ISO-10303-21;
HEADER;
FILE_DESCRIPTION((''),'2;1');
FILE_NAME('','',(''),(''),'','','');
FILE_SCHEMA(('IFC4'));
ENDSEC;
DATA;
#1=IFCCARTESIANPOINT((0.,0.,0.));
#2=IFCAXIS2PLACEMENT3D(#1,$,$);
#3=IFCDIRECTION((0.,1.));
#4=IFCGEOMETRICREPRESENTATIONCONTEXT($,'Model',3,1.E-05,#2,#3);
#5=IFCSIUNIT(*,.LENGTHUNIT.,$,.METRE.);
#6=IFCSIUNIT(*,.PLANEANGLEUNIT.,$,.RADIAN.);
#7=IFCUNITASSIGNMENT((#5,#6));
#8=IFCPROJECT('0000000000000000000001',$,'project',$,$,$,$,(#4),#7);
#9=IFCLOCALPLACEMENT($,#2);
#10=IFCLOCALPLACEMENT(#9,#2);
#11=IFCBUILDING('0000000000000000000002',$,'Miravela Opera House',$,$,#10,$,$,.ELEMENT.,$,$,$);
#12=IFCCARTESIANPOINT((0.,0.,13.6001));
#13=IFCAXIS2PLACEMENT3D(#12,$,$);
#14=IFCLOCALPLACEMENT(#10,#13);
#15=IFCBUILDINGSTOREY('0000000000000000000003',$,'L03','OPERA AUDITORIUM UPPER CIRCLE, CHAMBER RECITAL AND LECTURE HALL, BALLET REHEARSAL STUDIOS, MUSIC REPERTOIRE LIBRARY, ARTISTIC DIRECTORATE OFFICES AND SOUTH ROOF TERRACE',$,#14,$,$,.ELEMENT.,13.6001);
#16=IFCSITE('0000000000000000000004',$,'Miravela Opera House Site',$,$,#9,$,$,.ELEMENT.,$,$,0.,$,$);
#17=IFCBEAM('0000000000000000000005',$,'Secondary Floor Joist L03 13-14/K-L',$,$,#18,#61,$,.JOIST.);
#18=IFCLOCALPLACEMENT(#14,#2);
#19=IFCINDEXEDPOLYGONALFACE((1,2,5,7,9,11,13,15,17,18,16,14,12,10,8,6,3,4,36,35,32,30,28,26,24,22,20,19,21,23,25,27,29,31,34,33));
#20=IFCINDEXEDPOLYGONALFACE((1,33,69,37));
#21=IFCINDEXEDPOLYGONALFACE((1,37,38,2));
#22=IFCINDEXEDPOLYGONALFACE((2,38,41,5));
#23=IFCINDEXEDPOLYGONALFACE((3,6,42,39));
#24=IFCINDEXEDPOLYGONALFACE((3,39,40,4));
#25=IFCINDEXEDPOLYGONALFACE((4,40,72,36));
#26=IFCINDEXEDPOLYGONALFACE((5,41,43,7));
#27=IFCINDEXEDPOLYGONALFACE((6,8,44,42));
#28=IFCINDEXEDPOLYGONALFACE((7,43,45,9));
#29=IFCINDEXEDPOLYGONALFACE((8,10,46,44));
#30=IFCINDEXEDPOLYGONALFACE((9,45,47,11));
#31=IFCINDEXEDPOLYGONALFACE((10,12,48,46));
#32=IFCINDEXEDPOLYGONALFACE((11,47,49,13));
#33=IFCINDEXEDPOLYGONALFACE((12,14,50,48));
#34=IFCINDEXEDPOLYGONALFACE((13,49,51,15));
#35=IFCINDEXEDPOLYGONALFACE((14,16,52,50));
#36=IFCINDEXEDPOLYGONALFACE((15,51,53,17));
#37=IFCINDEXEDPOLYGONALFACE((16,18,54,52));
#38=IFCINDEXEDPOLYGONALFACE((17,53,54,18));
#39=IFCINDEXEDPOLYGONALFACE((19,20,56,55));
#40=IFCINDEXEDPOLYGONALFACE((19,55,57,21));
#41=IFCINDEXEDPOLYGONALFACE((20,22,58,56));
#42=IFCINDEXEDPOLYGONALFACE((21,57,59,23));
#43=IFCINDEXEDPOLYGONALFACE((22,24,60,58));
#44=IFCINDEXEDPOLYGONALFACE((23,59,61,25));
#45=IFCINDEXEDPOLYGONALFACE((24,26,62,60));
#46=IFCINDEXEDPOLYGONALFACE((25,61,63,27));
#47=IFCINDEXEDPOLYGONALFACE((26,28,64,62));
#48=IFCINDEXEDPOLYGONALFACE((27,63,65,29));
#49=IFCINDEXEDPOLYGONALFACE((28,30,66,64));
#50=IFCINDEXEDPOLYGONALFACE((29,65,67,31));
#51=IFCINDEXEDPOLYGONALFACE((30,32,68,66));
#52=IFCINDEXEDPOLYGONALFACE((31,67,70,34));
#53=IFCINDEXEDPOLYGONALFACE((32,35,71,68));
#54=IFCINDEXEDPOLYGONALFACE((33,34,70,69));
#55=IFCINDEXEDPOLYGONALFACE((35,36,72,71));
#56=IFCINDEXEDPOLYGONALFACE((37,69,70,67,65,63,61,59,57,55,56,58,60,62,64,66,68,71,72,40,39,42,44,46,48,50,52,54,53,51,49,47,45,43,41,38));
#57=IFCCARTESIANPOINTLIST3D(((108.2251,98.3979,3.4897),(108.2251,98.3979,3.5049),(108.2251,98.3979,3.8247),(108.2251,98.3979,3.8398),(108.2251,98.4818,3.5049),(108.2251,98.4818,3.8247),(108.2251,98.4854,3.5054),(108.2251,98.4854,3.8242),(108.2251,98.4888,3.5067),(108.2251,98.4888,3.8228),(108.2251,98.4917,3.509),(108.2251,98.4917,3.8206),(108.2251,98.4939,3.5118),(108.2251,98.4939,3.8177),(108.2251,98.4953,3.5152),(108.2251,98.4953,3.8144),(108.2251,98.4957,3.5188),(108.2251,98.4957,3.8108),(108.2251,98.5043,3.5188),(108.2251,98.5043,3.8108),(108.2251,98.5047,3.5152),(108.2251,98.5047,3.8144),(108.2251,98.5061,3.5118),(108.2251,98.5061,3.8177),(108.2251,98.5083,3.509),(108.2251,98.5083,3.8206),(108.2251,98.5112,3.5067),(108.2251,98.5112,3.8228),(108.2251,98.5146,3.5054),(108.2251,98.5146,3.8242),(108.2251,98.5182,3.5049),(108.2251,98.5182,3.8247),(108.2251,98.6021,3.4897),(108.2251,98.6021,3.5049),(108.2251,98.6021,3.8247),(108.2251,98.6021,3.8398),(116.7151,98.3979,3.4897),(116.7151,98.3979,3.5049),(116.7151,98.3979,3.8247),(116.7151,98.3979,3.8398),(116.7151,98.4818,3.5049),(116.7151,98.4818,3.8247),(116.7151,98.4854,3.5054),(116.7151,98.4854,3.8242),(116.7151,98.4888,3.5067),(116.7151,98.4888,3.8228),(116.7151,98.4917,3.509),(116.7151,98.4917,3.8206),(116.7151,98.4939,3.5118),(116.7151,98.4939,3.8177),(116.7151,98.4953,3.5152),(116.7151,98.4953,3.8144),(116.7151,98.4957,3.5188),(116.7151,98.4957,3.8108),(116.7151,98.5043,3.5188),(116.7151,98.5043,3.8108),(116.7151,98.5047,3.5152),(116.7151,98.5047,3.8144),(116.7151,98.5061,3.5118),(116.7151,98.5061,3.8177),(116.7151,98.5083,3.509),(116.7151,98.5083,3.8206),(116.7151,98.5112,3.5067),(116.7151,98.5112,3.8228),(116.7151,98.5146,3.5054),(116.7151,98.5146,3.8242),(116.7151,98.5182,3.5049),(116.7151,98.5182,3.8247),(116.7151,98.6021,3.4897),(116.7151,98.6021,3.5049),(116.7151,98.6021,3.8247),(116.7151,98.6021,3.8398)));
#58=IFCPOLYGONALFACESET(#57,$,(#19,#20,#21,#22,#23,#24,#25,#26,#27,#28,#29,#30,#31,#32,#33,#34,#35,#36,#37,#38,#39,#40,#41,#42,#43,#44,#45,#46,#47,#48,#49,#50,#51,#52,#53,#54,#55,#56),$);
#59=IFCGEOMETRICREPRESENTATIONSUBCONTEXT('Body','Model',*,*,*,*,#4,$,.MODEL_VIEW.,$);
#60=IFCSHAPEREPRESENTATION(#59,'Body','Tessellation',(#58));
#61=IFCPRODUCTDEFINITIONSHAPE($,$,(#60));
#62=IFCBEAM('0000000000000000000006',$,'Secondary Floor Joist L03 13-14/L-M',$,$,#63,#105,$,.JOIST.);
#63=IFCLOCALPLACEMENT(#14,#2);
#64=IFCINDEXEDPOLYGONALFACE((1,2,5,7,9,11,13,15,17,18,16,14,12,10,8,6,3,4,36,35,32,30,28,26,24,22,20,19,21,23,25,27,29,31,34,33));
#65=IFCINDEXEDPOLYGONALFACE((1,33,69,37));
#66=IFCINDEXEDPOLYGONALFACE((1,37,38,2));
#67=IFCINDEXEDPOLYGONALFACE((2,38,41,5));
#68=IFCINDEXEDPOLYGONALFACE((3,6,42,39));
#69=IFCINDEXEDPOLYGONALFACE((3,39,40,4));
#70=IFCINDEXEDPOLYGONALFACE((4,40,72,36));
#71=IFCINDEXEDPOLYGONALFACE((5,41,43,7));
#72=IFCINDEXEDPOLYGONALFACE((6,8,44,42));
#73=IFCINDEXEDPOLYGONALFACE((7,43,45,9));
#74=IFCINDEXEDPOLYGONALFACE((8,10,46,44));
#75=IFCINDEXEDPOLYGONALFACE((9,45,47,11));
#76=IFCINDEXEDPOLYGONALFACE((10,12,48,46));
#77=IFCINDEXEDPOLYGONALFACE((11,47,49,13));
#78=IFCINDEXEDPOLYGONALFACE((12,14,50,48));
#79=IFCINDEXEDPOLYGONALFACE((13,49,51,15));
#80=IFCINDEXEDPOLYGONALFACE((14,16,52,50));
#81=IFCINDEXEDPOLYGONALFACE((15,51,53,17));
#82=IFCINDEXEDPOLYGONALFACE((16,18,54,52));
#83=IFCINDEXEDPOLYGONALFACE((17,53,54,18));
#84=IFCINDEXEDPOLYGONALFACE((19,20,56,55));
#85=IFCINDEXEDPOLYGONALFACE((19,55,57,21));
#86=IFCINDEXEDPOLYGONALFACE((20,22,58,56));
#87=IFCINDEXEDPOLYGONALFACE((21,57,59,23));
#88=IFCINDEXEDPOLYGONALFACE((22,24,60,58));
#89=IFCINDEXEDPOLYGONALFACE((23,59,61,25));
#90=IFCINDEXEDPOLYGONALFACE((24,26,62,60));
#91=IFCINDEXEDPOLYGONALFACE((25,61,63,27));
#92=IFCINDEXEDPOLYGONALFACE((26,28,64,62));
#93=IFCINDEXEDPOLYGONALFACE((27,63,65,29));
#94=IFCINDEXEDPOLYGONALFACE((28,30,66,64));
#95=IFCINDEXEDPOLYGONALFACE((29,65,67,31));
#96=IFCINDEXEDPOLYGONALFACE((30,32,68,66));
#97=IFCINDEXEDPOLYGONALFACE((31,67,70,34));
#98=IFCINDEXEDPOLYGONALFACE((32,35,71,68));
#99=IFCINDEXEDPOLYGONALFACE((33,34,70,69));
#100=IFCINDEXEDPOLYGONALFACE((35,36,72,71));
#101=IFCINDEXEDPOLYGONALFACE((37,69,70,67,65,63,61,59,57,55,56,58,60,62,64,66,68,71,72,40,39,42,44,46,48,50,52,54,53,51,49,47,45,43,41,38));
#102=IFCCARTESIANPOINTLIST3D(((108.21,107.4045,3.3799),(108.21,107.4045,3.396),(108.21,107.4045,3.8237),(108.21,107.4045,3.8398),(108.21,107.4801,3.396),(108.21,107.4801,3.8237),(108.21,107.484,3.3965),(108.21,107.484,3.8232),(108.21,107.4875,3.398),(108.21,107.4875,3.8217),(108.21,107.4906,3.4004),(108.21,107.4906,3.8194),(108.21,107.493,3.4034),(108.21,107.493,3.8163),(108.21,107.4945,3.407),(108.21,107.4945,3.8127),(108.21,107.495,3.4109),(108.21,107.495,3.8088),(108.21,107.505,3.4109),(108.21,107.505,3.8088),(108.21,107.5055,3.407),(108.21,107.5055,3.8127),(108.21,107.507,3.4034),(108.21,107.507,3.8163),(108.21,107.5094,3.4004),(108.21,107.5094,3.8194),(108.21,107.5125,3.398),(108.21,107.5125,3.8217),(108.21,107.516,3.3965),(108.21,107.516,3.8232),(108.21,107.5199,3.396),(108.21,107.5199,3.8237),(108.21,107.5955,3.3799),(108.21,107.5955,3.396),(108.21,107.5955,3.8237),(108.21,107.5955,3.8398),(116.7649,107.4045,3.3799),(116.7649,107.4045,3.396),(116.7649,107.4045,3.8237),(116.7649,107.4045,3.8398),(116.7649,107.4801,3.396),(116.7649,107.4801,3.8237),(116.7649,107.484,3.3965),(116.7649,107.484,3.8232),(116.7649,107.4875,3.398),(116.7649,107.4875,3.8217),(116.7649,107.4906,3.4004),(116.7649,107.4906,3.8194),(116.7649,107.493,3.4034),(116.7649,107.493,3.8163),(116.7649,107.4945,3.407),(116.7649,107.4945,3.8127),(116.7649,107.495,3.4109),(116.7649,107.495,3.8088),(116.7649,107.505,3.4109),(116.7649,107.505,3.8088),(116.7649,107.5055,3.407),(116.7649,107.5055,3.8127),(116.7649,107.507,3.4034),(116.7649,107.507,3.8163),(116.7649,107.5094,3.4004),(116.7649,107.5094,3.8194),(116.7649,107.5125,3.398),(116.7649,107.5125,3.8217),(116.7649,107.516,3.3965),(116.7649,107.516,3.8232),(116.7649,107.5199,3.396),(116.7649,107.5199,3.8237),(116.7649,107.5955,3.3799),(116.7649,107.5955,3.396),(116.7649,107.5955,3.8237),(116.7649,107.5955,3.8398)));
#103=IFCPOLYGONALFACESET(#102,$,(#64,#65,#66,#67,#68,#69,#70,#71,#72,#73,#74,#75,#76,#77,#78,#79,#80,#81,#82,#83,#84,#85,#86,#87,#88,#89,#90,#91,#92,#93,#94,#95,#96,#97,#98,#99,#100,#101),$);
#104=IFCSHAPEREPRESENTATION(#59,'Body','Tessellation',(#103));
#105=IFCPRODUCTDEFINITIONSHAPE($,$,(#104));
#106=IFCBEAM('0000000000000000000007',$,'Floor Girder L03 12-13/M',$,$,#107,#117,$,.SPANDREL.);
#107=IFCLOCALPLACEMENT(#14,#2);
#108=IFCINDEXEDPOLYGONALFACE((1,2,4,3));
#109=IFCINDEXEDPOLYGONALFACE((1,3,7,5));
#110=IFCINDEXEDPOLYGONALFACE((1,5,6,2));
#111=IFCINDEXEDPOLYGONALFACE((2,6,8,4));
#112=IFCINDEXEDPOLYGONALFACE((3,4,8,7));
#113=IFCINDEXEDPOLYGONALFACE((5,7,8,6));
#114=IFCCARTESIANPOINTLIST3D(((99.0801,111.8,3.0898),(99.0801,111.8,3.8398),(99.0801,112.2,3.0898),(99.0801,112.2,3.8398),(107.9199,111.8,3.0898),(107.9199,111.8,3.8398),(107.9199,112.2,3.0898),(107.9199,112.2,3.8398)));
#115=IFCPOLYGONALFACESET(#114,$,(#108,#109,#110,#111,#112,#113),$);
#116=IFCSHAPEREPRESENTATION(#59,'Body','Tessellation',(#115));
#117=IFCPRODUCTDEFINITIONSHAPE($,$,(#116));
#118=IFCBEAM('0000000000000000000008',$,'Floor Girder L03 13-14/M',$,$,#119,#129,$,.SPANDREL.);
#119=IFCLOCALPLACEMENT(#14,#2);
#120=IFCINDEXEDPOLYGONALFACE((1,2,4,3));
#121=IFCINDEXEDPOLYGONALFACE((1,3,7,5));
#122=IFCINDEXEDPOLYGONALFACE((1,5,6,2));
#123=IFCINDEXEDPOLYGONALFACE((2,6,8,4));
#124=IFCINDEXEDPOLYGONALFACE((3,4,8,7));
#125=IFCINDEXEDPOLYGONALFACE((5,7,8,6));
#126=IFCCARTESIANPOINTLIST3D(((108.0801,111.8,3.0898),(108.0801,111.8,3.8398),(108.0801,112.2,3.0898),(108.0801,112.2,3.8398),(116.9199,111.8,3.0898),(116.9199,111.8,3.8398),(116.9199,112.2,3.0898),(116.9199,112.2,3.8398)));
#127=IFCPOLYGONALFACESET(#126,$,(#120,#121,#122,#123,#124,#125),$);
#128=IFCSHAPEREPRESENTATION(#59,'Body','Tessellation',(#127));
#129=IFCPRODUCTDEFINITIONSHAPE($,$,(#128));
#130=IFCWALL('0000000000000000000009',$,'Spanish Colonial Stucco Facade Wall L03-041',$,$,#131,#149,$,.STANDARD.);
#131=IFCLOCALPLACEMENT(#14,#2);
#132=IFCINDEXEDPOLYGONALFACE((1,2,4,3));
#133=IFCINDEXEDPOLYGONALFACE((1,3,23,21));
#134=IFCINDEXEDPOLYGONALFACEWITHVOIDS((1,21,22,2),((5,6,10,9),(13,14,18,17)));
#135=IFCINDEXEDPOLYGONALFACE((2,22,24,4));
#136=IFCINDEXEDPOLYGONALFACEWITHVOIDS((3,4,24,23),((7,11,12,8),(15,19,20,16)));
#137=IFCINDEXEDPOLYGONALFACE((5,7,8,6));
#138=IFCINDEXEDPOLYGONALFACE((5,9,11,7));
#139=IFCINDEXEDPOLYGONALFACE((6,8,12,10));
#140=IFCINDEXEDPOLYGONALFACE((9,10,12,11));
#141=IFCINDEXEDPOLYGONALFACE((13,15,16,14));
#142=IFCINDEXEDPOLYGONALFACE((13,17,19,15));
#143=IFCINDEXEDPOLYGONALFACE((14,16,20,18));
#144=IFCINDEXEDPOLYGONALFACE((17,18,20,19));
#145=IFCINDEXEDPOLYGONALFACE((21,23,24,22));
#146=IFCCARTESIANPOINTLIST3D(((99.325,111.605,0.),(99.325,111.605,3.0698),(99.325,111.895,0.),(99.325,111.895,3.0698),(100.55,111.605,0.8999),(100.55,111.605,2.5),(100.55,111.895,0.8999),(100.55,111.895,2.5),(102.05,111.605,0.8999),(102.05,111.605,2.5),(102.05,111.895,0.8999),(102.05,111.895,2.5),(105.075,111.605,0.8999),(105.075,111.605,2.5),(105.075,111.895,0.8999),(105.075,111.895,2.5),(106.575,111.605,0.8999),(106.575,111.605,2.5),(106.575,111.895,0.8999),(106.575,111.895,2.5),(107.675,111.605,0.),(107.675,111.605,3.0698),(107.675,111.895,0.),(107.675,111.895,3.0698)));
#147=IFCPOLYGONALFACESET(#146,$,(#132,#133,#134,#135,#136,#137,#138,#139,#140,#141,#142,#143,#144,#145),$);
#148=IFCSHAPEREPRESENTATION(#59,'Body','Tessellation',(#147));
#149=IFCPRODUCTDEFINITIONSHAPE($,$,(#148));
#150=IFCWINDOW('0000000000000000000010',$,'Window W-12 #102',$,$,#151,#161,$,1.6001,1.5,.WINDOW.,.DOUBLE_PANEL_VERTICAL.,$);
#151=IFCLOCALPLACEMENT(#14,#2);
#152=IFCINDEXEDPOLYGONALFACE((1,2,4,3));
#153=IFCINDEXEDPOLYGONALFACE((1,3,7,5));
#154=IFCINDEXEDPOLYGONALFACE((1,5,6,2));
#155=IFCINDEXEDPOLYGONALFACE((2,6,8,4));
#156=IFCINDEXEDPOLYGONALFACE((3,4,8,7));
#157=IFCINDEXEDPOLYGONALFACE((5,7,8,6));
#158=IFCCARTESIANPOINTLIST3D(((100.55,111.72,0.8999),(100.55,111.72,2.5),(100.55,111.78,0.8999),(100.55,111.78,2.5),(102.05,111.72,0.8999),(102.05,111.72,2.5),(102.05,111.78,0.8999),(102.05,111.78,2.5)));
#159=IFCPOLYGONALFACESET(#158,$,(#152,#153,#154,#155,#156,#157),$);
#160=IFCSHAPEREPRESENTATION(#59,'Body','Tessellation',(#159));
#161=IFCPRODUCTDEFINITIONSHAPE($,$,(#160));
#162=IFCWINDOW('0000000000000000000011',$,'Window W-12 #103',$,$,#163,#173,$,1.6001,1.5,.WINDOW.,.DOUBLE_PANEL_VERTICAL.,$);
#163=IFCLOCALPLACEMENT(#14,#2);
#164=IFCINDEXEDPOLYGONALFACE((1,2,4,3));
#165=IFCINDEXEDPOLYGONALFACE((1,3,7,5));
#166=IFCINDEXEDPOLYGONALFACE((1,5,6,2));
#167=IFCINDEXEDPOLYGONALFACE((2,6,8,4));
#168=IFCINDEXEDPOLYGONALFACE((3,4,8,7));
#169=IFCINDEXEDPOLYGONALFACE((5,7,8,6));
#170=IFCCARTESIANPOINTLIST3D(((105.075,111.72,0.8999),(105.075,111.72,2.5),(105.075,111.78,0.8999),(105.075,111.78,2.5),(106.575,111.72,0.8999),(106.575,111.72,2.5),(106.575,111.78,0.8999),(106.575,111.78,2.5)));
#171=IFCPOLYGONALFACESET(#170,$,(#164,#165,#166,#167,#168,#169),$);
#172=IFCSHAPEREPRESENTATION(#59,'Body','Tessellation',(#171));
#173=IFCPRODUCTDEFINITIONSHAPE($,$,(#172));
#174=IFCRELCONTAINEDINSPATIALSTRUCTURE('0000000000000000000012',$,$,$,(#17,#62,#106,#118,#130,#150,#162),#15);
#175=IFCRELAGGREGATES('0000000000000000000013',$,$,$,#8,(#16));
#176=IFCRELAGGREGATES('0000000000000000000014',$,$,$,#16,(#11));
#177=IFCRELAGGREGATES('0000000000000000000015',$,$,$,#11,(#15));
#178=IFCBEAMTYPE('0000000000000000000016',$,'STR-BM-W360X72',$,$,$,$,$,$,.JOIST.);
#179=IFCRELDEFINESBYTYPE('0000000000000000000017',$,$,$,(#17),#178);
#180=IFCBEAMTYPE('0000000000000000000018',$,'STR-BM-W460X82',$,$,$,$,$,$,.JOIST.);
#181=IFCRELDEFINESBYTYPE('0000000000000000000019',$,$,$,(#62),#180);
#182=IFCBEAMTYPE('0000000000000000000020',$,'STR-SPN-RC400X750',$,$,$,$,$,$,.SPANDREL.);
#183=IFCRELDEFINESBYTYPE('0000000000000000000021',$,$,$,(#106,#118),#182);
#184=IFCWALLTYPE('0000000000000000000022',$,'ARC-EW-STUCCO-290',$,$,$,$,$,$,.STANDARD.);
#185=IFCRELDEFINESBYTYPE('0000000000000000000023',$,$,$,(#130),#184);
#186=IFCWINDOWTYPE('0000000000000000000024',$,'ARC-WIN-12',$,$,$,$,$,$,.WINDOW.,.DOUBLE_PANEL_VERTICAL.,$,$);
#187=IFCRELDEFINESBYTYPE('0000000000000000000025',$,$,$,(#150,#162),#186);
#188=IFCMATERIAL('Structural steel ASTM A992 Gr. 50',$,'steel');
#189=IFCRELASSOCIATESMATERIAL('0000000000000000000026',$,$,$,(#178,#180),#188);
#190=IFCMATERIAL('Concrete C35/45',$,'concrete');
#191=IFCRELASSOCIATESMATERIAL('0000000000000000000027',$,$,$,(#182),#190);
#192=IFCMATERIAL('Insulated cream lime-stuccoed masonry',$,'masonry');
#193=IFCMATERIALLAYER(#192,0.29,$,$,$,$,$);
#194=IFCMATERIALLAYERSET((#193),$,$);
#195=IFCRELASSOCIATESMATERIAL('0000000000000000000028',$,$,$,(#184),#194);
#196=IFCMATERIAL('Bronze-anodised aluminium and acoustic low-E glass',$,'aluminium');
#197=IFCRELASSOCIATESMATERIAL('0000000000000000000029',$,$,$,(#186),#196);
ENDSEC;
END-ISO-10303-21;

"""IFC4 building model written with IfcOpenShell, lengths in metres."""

from ifc_helpers import new_model, si_unit, direction, frame, frame_2d, origin, origin_2d, place, context, subcontext, project, spatial, rectangle, i_section, extrude, material, layer, layer_set, material_profile, profile_set, type_object, element, fill, save


model = new_model("IFC4")

# Units and contexts
model_context = context("Model", 3, precision=1e-05, world=origin(), true_north=direction((0.0, 1.0)))
body_context = subcontext(model_context, "Body", "Model", "MODEL_VIEW")
ifc_project = project(units=[si_unit("LENGTHUNIT", "METRE"), si_unit("PLANEANGLEUNIT", "RADIAN")], contexts=[model_context])

# Site, building, storey
site_placement = place(None, origin())
site = spatial("IfcSite", under=ifc_project, at=site_placement, Name="Miravela Opera House Site", CompositionType="ELEMENT", RefElevation=0.0)
building_placement = place(site_placement, origin())
building = spatial("IfcBuilding", under=site, at=building_placement, Name="Miravela Opera House", CompositionType="ELEMENT")
storey_placement = place(building_placement, frame((0.0, 0.0, 13.6001)))
storey = spatial("IfcBuildingStorey", under=building, at=storey_placement, Name="L03", Description="OPERA AUDITORIUM UPPER CIRCLE, CHAMBER RECITAL AND LECTURE HALL, BALLET REHEARSAL STUDIOS, MUSIC REPERTOIRE LIBRARY, ARTISTIC DIRECTORATE OFFICES AND SOUTH ROOF TERRACE", CompositionType="ELEMENT", Elevation=13.6001)

# Shared definitions
ifc_material_1 = material(Name="Concrete C35/45", Category="concrete")

# Beams
ifc_material_2 = material(Name="Structural steel ASTM A992 Gr. 50", Category="steel")
ifc_material_profile_1 = material_profile(ifc_material_2, i_section(OverallWidth=0.2041, OverallDepth=0.3501, WebThickness=0.0085, FlangeThickness=0.0151, FilletRadius=0.0139, at=origin_2d()), Name="W360X72")
ifc_profile_set_1 = profile_set([ifc_material_profile_1])
beam_type_1 = type_object("IfcBeamType", Name="STR-BM-W360X72", PredefinedType="JOIST", material=ifc_profile_set_1)
beam_1_placement = place(storey_placement, frame((108.2251, 98.5, 3.6648), z_axis=(1.0, 0.0, 0.0), x_axis=(0.0, 1.0, 0.0)))
element("IfcBeam", 1, at=beam_1_placement, inside=storey, type_object=beam_type_1, Name="Secondary Floor Joist L03 13-14/K-L", PredefinedType="JOIST", context=body_context, shape_type="SweptSolid", body=[
    extrude(i_section(OverallWidth=0.2041, OverallDepth=0.3501, WebThickness=0.0085, FlangeThickness=0.0151, FilletRadius=0.0139, at=origin_2d()), origin(), (0.0, 0.0, 1.0), 8.49),
])
ifc_material_profile_2 = material_profile(ifc_material_2, i_section(OverallWidth=0.1909, OverallDepth=0.46, WebThickness=0.01, FlangeThickness=0.0161, FilletRadius=0.0149, at=origin_2d()), Name="W460X82")
ifc_profile_set_2 = profile_set([ifc_material_profile_2])
beam_type_2 = type_object("IfcBeamType", Name="STR-BM-W460X82", PredefinedType="JOIST", material=ifc_profile_set_2)
beam_2_placement = place(storey_placement, frame((108.21, 107.5, 3.6099), z_axis=(1.0, 0.0, 0.0), x_axis=(0.0, 1.0, 0.0)))
element("IfcBeam", 2, at=beam_2_placement, inside=storey, type_object=beam_type_2, Name="Secondary Floor Joist L03 13-14/L-M", PredefinedType="JOIST", context=body_context, shape_type="SweptSolid", body=[
    extrude(i_section(OverallWidth=0.1909, OverallDepth=0.46, WebThickness=0.01, FlangeThickness=0.0161, FilletRadius=0.0149, at=origin_2d()), origin(), (0.0, 0.0, 1.0), 8.5549),
])
ifc_material_profile_3 = material_profile(ifc_material_1, rectangle(XDim=0.3999, YDim=0.75, at=origin_2d()), Name="RC-SPN-400X750")
ifc_profile_set_3 = profile_set([ifc_material_profile_3])
beam_type_3 = type_object("IfcBeamType", Name="STR-SPN-RC400X750", PredefinedType="SPANDREL", material=ifc_profile_set_3)
for number, where, z_axis, x_axis, name in (
    (3, (99.0801, 112.0, 3.4648), (1.0, 0.0, 0.0), (0.0, 1.0, 0.0), "Floor Girder L03 12-13/M"),
    (4, (108.0801, 112.0, 3.4648), (1.0, 0.0, 0.0), (0.0, 1.0, 0.0), "Floor Girder L03 13-14/M"),
):
    element("IfcBeam", number, at=place(storey_placement, frame(where, z_axis=z_axis, x_axis=x_axis)), inside=storey, type_object=beam_type_3, Name=name, PredefinedType="SPANDREL", context=body_context, shape_type="SweptSolid", body=[
        extrude(rectangle(XDim=0.3999, YDim=0.75, at=origin_2d()), origin(), (0.0, 0.0, 1.0), 8.8398),
    ])

# Wall, openings, windows
ifc_material_3 = material(Name="Insulated cream lime-stuccoed masonry", Category="masonry")
ifc_layer_1 = layer(ifc_material_3, 0.29)
ifc_layer_set_1 = layer_set([ifc_layer_1])
wall_type_1 = type_object("IfcWallType", Name="ARC-EW-STUCCO-290", PredefinedType="STANDARD", material=ifc_layer_set_1)
wall_1_placement = place(storey_placement, frame((99.325, 111.75, 0.0), z_axis=(0.0, 0.0, 1.0), x_axis=(1.0, 0.0, 0.0)))
wall_1 = element("IfcWall", 5, at=wall_1_placement, inside=storey, type_object=wall_type_1, Name="Spanish Colonial Stucco Facade Wall L03-041", PredefinedType="STANDARD", context=body_context, shape_type="SweptSolid", body=[
    extrude(rectangle(XDim=8.3501, YDim=0.29, at=frame_2d((4.175, 0.0))), origin(), (0.0, 0.0, 1.0), 3.0698),
])
opening_1_placement = place(wall_1_placement, frame((1.2251, 0.0, 0.8999)))
opening_1 = element("IfcOpeningElement", 6, at=opening_1_placement, cuts=wall_1, PredefinedType="OPENING", context=body_context, shape_type="SweptSolid", body=[
    extrude(rectangle(XDim=1.5, YDim=1.6001, at=frame_2d((0.75, 0.8))), frame((0.0, 0.155, 0.0), z_axis=(0.0, -1.0, 0.0), x_axis=(1.0, 0.0, 0.0)), (0.0, 0.0, 1.0), 0.3101),
])
opening_2_placement = place(wall_1_placement, frame((5.75, 0.0, 0.8999)))
opening_2 = element("IfcOpeningElement", 7, at=opening_2_placement, cuts=wall_1, PredefinedType="OPENING", context=body_context, shape_type="SweptSolid", body=[
    extrude(rectangle(XDim=1.5, YDim=1.6001, at=frame_2d((0.75, 0.8))), frame((0.0, 0.155, 0.0), z_axis=(0.0, -1.0, 0.0), x_axis=(1.0, 0.0, 0.0)), (0.0, 0.0, 1.0), 0.3101),
])
ifc_material_4 = material(Name="Bronze-anodised aluminium and acoustic low-E glass", Category="aluminium")
window_type_1 = type_object("IfcWindowType", Name="ARC-WIN-12", PartitioningType="DOUBLE_PANEL_VERTICAL", PredefinedType="WINDOW", material=ifc_material_4)
window_1_placement = place(opening_1_placement, origin())
window_1 = element("IfcWindow", 8, at=window_1_placement, inside=storey, type_object=window_type_1, Name="Window W-12 #102", OverallHeight=1.6001, OverallWidth=1.5, PartitioningType="DOUBLE_PANEL_VERTICAL", PredefinedType="WINDOW", context=body_context, shape_type="SweptSolid", body=[
    extrude(rectangle(XDim=1.5, YDim=1.6001, at=frame_2d((0.75, 0.8))), frame((0.0, 0.03, 0.0), z_axis=(0.0, -1.0, 0.0), x_axis=(1.0, 0.0, 0.0)), (0.0, 0.0, 1.0), 0.0601),
])
fill(opening_1, window_1)
window_2_placement = place(opening_2_placement, origin())
window_2 = element("IfcWindow", 9, at=window_2_placement, inside=storey, type_object=window_type_1, Name="Window W-12 #103", OverallHeight=1.6001, OverallWidth=1.5, PartitioningType="DOUBLE_PANEL_VERTICAL", PredefinedType="WINDOW", context=body_context, shape_type="SweptSolid", body=[
    extrude(rectangle(XDim=1.5, YDim=1.6001, at=frame_2d((0.75, 0.8))), frame((0.0, 0.03, 0.0), z_axis=(0.0, -1.0, 0.0), x_axis=(1.0, 0.0, 0.0)), (0.0, 0.0, 1.0), 0.0601),
])
fill(opening_2, window_2)

save(model, "model.ifc")
